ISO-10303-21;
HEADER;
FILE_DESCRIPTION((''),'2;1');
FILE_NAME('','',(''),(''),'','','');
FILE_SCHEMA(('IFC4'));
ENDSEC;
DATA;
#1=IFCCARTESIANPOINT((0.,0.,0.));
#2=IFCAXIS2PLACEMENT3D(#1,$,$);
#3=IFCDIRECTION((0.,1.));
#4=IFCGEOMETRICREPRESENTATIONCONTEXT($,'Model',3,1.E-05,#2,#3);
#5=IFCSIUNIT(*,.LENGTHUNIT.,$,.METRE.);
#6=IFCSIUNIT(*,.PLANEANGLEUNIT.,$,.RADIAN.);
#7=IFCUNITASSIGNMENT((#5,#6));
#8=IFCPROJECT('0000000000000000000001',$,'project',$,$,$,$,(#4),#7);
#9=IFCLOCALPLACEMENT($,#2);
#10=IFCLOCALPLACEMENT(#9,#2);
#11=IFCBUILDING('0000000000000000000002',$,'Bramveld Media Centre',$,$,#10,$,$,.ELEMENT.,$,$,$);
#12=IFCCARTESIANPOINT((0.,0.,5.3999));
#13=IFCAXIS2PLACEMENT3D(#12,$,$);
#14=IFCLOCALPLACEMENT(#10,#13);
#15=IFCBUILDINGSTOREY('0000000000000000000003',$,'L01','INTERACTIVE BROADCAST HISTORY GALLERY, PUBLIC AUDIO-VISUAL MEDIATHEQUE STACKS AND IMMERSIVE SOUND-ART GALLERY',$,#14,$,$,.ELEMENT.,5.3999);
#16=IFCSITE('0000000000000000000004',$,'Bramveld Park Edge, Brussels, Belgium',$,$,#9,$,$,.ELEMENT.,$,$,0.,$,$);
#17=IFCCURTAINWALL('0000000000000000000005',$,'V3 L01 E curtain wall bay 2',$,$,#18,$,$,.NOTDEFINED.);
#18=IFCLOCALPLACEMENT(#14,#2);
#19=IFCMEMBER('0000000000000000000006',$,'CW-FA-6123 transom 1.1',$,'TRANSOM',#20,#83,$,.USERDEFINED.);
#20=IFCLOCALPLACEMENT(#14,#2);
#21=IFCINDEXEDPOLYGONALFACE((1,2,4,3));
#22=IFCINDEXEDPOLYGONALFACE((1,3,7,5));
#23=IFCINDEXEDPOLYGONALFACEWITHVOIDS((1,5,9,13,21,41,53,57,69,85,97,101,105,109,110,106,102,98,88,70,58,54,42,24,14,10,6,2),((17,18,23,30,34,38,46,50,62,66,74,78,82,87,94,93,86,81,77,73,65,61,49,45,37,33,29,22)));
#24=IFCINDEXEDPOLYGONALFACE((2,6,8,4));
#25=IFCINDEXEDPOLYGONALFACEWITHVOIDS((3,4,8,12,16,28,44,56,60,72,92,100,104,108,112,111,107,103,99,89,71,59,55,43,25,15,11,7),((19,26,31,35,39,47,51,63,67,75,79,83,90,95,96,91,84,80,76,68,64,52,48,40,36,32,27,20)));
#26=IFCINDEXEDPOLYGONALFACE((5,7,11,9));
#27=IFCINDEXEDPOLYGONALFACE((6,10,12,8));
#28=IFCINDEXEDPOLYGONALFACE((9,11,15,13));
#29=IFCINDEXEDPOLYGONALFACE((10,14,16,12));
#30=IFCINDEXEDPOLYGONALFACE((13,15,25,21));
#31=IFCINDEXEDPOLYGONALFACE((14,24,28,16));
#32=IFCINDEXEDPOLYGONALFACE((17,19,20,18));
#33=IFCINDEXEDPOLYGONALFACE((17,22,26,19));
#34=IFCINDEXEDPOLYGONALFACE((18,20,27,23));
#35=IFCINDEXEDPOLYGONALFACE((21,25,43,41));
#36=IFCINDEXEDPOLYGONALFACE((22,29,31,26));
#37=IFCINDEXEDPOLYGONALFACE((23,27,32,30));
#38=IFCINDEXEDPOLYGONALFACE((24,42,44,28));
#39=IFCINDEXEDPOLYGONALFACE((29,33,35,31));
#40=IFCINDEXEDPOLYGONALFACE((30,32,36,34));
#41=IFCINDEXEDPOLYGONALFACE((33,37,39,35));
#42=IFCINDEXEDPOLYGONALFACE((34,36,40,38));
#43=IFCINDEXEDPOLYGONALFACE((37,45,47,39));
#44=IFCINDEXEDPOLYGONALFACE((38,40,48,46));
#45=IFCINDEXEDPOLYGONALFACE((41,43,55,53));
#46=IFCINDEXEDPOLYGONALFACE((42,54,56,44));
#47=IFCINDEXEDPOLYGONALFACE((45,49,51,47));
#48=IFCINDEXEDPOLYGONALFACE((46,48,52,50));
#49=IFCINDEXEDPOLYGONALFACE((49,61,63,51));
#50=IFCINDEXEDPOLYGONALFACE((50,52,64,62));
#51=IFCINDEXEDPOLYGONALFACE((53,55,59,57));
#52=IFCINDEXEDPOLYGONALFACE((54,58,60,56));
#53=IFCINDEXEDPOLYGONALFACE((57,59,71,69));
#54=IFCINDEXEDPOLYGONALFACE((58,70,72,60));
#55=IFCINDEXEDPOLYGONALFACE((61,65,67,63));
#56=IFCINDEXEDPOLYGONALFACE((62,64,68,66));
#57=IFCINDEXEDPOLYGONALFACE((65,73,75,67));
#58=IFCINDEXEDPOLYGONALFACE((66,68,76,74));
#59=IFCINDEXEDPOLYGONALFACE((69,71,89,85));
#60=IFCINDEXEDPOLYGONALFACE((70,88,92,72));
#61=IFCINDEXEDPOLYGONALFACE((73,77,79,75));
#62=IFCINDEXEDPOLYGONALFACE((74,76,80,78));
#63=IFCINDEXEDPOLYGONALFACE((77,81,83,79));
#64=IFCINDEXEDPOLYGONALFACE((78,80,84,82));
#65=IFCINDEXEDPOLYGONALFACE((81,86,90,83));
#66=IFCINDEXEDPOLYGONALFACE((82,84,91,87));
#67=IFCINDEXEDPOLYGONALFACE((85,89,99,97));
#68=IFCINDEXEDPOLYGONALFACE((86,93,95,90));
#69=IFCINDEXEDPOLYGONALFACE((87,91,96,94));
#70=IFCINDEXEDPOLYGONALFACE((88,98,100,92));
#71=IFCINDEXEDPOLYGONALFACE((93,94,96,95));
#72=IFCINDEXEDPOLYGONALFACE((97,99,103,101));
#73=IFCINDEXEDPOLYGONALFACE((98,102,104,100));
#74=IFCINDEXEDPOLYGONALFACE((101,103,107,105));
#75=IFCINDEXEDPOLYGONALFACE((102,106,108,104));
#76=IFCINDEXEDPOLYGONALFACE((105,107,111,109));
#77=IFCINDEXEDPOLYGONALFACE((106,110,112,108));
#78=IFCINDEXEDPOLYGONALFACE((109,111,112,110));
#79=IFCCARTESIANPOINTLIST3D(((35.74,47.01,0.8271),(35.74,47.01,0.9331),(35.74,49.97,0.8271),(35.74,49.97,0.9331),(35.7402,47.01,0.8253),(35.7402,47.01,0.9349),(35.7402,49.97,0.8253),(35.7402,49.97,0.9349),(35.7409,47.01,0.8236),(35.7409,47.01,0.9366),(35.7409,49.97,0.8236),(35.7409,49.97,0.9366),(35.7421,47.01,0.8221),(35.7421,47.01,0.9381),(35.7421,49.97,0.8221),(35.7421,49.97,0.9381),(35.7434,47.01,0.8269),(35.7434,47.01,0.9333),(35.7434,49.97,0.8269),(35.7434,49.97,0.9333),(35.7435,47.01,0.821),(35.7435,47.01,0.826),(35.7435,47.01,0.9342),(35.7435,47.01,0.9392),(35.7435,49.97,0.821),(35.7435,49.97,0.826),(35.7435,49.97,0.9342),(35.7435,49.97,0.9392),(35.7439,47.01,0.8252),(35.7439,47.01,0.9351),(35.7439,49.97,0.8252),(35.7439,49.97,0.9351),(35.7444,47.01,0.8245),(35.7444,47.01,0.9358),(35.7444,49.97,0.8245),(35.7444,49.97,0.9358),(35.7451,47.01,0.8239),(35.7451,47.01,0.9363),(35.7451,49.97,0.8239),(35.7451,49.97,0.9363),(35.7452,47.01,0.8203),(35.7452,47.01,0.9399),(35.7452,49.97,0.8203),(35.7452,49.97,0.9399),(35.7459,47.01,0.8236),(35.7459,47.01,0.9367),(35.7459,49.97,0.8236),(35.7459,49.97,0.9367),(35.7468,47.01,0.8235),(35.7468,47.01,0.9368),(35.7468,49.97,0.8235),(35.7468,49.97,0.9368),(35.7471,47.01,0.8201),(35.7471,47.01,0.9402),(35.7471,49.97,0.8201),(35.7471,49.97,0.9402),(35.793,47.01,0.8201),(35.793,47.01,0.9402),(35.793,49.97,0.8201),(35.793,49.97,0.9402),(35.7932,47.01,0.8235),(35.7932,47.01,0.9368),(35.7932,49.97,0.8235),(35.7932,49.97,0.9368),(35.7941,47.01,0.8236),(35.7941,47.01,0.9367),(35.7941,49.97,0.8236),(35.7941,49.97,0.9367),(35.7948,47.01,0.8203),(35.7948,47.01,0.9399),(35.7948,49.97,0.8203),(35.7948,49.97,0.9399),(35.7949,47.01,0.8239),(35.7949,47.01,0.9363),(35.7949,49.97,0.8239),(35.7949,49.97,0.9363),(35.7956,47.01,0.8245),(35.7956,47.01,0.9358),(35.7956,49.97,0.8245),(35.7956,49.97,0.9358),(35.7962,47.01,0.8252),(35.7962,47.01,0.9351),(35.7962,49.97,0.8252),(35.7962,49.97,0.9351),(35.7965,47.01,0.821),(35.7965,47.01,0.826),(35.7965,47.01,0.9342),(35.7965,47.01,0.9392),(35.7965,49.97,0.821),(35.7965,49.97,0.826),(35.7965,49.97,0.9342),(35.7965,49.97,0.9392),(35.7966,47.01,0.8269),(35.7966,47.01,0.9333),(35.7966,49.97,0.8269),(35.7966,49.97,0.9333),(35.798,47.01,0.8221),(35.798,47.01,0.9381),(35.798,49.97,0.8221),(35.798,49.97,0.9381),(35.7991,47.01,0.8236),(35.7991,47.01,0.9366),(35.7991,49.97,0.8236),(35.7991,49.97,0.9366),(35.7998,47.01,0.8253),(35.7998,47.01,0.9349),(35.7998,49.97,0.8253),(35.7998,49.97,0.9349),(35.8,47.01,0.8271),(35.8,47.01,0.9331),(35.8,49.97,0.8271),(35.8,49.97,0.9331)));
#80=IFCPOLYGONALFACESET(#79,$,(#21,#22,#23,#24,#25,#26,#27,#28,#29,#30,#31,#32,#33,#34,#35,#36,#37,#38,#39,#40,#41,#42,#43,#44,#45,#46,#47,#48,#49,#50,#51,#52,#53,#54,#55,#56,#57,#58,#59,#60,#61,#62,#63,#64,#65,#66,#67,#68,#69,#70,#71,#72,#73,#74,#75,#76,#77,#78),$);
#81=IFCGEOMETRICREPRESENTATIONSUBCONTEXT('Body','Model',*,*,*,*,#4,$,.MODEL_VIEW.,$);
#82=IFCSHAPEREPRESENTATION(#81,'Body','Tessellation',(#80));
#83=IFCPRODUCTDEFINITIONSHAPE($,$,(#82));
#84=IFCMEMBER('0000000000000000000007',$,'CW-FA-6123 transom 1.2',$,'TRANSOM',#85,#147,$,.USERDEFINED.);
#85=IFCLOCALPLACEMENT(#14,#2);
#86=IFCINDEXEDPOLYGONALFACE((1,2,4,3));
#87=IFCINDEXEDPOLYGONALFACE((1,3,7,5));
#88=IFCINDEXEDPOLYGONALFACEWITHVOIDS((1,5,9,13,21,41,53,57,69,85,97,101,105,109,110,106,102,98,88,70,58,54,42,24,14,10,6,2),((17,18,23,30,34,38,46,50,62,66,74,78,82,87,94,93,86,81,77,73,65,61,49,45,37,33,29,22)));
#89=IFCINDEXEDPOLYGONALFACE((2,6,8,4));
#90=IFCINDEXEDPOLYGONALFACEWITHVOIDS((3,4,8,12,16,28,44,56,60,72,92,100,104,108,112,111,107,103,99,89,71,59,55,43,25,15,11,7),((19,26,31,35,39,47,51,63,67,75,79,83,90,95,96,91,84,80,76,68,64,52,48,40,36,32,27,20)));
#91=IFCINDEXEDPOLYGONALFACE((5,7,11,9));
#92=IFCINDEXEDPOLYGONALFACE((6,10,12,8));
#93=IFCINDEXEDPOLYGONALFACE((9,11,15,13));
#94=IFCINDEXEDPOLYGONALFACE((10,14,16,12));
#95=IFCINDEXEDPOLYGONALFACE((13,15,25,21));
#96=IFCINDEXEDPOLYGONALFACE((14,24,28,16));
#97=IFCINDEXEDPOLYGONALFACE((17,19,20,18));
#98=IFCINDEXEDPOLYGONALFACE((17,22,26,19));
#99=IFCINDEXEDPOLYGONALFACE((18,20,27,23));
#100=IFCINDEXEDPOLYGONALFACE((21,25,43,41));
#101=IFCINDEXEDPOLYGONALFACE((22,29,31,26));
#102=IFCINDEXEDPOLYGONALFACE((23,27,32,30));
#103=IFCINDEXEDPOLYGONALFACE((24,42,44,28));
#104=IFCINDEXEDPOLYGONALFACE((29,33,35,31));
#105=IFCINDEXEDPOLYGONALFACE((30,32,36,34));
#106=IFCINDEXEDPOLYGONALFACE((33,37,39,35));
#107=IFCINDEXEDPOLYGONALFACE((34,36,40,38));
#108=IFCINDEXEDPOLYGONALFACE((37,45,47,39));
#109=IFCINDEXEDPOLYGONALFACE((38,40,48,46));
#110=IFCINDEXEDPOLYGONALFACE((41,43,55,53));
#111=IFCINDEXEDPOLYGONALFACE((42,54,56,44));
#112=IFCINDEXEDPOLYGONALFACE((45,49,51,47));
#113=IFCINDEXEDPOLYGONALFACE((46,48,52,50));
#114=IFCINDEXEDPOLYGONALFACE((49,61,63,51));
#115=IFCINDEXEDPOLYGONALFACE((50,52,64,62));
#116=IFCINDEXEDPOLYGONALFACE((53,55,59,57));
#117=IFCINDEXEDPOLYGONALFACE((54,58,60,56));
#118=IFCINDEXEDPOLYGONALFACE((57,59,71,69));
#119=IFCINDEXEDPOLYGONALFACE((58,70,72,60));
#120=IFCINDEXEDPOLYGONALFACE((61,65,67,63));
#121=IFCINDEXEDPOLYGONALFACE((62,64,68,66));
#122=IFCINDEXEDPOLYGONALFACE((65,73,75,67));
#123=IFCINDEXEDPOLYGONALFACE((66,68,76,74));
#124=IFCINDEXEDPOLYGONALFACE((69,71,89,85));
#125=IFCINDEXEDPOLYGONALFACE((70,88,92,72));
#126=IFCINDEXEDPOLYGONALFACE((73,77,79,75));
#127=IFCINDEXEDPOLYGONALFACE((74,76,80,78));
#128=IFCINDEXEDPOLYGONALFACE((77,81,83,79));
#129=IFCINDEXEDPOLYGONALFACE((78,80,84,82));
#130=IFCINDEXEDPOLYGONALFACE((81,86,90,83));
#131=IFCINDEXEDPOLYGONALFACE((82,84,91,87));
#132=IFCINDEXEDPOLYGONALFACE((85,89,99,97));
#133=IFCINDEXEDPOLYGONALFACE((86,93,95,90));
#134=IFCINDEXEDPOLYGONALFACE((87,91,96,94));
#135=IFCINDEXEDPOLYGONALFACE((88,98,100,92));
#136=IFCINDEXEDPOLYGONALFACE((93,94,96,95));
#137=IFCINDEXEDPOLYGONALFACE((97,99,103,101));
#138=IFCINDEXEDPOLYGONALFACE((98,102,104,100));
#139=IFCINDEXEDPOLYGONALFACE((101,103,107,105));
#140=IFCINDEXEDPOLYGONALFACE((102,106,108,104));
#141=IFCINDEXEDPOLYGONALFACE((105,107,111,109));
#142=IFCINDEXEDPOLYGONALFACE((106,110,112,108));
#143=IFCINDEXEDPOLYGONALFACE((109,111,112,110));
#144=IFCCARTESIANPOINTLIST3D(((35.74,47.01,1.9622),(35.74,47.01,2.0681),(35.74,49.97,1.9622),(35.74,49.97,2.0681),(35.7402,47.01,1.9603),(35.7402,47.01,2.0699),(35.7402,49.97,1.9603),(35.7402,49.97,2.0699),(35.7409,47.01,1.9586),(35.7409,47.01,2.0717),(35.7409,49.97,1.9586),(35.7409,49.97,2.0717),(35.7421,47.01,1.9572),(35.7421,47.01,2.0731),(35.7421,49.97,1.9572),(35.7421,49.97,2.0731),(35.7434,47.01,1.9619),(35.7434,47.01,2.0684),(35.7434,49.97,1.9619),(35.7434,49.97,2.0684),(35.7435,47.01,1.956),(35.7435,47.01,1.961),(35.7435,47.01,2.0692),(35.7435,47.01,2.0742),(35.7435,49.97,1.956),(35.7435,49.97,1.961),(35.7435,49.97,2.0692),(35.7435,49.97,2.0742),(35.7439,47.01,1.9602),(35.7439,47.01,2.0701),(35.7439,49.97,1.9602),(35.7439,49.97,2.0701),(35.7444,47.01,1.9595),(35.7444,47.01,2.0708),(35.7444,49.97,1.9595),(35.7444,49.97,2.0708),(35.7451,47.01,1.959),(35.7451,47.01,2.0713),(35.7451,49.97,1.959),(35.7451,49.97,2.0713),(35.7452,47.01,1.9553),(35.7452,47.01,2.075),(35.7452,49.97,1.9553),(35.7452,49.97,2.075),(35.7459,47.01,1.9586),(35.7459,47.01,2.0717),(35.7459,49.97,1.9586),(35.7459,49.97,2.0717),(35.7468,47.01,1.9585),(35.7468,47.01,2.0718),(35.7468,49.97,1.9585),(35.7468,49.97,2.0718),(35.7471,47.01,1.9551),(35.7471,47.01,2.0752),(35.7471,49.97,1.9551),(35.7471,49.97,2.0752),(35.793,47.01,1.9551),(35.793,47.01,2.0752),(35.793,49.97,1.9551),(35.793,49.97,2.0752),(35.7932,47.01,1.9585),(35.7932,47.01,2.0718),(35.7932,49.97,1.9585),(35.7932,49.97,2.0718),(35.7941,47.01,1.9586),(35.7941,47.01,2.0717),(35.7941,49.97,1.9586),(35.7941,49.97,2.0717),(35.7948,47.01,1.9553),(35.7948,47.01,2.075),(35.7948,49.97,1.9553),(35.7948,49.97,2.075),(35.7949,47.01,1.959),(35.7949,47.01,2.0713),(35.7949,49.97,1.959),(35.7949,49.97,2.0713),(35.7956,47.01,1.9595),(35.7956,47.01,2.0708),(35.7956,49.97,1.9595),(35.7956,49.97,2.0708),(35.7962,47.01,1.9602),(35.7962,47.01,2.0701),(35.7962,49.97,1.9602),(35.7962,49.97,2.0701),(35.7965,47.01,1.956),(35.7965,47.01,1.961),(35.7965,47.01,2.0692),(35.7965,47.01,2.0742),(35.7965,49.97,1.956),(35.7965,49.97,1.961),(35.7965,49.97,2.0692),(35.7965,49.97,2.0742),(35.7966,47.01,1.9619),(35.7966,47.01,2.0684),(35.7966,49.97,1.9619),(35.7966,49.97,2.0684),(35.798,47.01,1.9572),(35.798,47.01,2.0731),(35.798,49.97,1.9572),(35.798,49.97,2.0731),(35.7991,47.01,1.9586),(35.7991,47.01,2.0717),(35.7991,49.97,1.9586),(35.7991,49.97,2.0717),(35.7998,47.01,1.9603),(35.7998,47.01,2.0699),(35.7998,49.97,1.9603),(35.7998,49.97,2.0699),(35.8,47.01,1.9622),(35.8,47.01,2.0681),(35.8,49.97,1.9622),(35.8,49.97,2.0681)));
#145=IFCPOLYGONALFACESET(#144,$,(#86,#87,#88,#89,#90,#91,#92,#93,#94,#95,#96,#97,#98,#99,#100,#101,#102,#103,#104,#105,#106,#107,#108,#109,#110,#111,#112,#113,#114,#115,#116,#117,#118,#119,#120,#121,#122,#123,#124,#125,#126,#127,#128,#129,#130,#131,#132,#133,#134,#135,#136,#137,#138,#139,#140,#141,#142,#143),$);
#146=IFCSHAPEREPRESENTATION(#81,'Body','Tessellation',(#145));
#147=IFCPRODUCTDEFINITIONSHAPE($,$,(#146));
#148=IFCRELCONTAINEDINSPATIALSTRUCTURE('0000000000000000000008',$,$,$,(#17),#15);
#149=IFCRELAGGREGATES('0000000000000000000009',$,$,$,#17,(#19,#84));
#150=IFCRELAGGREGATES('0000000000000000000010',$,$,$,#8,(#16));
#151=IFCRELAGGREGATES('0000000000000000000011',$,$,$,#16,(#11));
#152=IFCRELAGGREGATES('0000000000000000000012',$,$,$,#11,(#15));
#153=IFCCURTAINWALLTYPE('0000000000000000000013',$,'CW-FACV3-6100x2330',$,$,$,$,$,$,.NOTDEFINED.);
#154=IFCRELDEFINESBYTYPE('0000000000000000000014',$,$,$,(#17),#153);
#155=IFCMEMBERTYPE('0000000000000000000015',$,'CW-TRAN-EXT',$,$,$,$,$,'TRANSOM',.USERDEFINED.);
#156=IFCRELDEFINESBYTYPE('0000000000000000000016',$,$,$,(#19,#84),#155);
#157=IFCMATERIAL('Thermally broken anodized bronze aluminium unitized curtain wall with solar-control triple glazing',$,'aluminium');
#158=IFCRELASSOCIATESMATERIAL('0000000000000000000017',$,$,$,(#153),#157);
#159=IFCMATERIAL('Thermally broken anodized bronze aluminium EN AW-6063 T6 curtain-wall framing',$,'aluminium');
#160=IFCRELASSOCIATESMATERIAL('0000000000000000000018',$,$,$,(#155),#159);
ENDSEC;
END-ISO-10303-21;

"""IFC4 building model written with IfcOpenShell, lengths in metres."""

from ifc_helpers import new_model, si_unit, direction, frame, origin, origin_2d, place, context, subcontext, project, spatial, hollow_rectangle, extrude, material, material_profile, profile_set, type_object, element, aggregate, save


model = new_model("IFC4")

# Units and contexts
model_context = context("Model", 3, precision=1e-05, world=origin(), true_north=direction((0.0, 1.0)))
body_context = subcontext(model_context, "Body", "Model", "MODEL_VIEW")
ifc_project = project(units=[si_unit("LENGTHUNIT", "METRE"), si_unit("PLANEANGLEUNIT", "RADIAN")], contexts=[model_context])

# Site, building, storey
site_placement = place(None, origin())
site = spatial("IfcSite", under=ifc_project, at=site_placement, Name="Bramveld Park Edge, Brussels, Belgium", CompositionType="ELEMENT", RefElevation=0.0)
building_placement = place(site_placement, origin())
building = spatial("IfcBuilding", under=site, at=building_placement, Name="Bramveld Media Centre", CompositionType="ELEMENT")
storey_placement = place(building_placement, frame((0.0, 0.0, 5.3999)))
storey = spatial("IfcBuildingStorey", under=building, at=storey_placement, Name="L01", Description="INTERACTIVE BROADCAST HISTORY GALLERY, PUBLIC AUDIO-VISUAL MEDIATHEQUE STACKS AND IMMERSIVE SOUND-ART GALLERY", CompositionType="ELEMENT", Elevation=5.3999)

# Curtain wall
ifc_material_1 = material(Name="Thermally broken anodized bronze aluminium unitized curtain wall with solar-control triple glazing", Category="aluminium")
curtain_wall_type = type_object("IfcCurtainWallType", Name="CW-FACV3-6100x2330", PredefinedType="NOTDEFINED", material=ifc_material_1)
curtain_wall_1_placement = place(storey_placement, origin())
curtain_wall_1 = element("IfcCurtainWall", 1, at=curtain_wall_1_placement, inside=storey, type_object=curtain_wall_type, Name="V3 L01 E curtain wall bay 2", PredefinedType="NOTDEFINED")

# Members
ifc_material_2 = material(Name="Thermally broken anodized bronze aluminium EN AW-6063 T6 curtain-wall framing", Category="aluminium")
ifc_material_profile_1 = material_profile(ifc_material_2, hollow_rectangle(XDim=0.0601, YDim=0.1201, WallThickness=0.0034, InnerFilletRadius=0.0034, OuterFilletRadius=0.0071, at=origin_2d()), Name="AL-TRAN 60x120")
ifc_profile_set_1 = profile_set([ifc_material_profile_1], Name="Thermally broken anodized bronze aluminium EN AW-6063 T6 curtain-wall framing")
member_type_1 = type_object("IfcMemberType", Name="CW-TRAN-EXT", ElementType="TRANSOM", PredefinedType="USERDEFINED", material=ifc_profile_set_1)
member_1_placement = place(storey_placement, frame((35.77, 47.01, 0.8801), z_axis=(0.0, 1.0, 0.0), x_axis=(-1.0, 0.0, 0.0)))
member_1 = element("IfcMember", 2, at=member_1_placement, type_object=member_type_1, Name="CW-FA-6123 transom 1.1", ObjectType="TRANSOM", PredefinedType="USERDEFINED", context=body_context, shape_type="SweptSolid", body=[
    extrude(hollow_rectangle(XDim=0.0601, YDim=0.1201, WallThickness=0.0034, InnerFilletRadius=0.0034, OuterFilletRadius=0.0071, at=origin_2d()), origin(), (0.0, 0.0, 1.0), 2.96),
])
member_2_placement = place(storey_placement, frame((35.77, 47.01, 2.0151), z_axis=(0.0, 1.0, 0.0), x_axis=(-1.0, 0.0, 0.0)))
member_2 = element("IfcMember", 3, at=member_2_placement, type_object=member_type_1, Name="CW-FA-6123 transom 1.2", ObjectType="TRANSOM", PredefinedType="USERDEFINED", context=body_context, shape_type="SweptSolid", body=[
    extrude(hollow_rectangle(XDim=0.0601, YDim=0.1201, WallThickness=0.0034, InnerFilletRadius=0.0034, OuterFilletRadius=0.0071, at=origin_2d()), origin(), (0.0, 0.0, 1.0), 2.96),
])

aggregate(curtain_wall_1, [member_1, member_2])

save(model, "model.ifc")
